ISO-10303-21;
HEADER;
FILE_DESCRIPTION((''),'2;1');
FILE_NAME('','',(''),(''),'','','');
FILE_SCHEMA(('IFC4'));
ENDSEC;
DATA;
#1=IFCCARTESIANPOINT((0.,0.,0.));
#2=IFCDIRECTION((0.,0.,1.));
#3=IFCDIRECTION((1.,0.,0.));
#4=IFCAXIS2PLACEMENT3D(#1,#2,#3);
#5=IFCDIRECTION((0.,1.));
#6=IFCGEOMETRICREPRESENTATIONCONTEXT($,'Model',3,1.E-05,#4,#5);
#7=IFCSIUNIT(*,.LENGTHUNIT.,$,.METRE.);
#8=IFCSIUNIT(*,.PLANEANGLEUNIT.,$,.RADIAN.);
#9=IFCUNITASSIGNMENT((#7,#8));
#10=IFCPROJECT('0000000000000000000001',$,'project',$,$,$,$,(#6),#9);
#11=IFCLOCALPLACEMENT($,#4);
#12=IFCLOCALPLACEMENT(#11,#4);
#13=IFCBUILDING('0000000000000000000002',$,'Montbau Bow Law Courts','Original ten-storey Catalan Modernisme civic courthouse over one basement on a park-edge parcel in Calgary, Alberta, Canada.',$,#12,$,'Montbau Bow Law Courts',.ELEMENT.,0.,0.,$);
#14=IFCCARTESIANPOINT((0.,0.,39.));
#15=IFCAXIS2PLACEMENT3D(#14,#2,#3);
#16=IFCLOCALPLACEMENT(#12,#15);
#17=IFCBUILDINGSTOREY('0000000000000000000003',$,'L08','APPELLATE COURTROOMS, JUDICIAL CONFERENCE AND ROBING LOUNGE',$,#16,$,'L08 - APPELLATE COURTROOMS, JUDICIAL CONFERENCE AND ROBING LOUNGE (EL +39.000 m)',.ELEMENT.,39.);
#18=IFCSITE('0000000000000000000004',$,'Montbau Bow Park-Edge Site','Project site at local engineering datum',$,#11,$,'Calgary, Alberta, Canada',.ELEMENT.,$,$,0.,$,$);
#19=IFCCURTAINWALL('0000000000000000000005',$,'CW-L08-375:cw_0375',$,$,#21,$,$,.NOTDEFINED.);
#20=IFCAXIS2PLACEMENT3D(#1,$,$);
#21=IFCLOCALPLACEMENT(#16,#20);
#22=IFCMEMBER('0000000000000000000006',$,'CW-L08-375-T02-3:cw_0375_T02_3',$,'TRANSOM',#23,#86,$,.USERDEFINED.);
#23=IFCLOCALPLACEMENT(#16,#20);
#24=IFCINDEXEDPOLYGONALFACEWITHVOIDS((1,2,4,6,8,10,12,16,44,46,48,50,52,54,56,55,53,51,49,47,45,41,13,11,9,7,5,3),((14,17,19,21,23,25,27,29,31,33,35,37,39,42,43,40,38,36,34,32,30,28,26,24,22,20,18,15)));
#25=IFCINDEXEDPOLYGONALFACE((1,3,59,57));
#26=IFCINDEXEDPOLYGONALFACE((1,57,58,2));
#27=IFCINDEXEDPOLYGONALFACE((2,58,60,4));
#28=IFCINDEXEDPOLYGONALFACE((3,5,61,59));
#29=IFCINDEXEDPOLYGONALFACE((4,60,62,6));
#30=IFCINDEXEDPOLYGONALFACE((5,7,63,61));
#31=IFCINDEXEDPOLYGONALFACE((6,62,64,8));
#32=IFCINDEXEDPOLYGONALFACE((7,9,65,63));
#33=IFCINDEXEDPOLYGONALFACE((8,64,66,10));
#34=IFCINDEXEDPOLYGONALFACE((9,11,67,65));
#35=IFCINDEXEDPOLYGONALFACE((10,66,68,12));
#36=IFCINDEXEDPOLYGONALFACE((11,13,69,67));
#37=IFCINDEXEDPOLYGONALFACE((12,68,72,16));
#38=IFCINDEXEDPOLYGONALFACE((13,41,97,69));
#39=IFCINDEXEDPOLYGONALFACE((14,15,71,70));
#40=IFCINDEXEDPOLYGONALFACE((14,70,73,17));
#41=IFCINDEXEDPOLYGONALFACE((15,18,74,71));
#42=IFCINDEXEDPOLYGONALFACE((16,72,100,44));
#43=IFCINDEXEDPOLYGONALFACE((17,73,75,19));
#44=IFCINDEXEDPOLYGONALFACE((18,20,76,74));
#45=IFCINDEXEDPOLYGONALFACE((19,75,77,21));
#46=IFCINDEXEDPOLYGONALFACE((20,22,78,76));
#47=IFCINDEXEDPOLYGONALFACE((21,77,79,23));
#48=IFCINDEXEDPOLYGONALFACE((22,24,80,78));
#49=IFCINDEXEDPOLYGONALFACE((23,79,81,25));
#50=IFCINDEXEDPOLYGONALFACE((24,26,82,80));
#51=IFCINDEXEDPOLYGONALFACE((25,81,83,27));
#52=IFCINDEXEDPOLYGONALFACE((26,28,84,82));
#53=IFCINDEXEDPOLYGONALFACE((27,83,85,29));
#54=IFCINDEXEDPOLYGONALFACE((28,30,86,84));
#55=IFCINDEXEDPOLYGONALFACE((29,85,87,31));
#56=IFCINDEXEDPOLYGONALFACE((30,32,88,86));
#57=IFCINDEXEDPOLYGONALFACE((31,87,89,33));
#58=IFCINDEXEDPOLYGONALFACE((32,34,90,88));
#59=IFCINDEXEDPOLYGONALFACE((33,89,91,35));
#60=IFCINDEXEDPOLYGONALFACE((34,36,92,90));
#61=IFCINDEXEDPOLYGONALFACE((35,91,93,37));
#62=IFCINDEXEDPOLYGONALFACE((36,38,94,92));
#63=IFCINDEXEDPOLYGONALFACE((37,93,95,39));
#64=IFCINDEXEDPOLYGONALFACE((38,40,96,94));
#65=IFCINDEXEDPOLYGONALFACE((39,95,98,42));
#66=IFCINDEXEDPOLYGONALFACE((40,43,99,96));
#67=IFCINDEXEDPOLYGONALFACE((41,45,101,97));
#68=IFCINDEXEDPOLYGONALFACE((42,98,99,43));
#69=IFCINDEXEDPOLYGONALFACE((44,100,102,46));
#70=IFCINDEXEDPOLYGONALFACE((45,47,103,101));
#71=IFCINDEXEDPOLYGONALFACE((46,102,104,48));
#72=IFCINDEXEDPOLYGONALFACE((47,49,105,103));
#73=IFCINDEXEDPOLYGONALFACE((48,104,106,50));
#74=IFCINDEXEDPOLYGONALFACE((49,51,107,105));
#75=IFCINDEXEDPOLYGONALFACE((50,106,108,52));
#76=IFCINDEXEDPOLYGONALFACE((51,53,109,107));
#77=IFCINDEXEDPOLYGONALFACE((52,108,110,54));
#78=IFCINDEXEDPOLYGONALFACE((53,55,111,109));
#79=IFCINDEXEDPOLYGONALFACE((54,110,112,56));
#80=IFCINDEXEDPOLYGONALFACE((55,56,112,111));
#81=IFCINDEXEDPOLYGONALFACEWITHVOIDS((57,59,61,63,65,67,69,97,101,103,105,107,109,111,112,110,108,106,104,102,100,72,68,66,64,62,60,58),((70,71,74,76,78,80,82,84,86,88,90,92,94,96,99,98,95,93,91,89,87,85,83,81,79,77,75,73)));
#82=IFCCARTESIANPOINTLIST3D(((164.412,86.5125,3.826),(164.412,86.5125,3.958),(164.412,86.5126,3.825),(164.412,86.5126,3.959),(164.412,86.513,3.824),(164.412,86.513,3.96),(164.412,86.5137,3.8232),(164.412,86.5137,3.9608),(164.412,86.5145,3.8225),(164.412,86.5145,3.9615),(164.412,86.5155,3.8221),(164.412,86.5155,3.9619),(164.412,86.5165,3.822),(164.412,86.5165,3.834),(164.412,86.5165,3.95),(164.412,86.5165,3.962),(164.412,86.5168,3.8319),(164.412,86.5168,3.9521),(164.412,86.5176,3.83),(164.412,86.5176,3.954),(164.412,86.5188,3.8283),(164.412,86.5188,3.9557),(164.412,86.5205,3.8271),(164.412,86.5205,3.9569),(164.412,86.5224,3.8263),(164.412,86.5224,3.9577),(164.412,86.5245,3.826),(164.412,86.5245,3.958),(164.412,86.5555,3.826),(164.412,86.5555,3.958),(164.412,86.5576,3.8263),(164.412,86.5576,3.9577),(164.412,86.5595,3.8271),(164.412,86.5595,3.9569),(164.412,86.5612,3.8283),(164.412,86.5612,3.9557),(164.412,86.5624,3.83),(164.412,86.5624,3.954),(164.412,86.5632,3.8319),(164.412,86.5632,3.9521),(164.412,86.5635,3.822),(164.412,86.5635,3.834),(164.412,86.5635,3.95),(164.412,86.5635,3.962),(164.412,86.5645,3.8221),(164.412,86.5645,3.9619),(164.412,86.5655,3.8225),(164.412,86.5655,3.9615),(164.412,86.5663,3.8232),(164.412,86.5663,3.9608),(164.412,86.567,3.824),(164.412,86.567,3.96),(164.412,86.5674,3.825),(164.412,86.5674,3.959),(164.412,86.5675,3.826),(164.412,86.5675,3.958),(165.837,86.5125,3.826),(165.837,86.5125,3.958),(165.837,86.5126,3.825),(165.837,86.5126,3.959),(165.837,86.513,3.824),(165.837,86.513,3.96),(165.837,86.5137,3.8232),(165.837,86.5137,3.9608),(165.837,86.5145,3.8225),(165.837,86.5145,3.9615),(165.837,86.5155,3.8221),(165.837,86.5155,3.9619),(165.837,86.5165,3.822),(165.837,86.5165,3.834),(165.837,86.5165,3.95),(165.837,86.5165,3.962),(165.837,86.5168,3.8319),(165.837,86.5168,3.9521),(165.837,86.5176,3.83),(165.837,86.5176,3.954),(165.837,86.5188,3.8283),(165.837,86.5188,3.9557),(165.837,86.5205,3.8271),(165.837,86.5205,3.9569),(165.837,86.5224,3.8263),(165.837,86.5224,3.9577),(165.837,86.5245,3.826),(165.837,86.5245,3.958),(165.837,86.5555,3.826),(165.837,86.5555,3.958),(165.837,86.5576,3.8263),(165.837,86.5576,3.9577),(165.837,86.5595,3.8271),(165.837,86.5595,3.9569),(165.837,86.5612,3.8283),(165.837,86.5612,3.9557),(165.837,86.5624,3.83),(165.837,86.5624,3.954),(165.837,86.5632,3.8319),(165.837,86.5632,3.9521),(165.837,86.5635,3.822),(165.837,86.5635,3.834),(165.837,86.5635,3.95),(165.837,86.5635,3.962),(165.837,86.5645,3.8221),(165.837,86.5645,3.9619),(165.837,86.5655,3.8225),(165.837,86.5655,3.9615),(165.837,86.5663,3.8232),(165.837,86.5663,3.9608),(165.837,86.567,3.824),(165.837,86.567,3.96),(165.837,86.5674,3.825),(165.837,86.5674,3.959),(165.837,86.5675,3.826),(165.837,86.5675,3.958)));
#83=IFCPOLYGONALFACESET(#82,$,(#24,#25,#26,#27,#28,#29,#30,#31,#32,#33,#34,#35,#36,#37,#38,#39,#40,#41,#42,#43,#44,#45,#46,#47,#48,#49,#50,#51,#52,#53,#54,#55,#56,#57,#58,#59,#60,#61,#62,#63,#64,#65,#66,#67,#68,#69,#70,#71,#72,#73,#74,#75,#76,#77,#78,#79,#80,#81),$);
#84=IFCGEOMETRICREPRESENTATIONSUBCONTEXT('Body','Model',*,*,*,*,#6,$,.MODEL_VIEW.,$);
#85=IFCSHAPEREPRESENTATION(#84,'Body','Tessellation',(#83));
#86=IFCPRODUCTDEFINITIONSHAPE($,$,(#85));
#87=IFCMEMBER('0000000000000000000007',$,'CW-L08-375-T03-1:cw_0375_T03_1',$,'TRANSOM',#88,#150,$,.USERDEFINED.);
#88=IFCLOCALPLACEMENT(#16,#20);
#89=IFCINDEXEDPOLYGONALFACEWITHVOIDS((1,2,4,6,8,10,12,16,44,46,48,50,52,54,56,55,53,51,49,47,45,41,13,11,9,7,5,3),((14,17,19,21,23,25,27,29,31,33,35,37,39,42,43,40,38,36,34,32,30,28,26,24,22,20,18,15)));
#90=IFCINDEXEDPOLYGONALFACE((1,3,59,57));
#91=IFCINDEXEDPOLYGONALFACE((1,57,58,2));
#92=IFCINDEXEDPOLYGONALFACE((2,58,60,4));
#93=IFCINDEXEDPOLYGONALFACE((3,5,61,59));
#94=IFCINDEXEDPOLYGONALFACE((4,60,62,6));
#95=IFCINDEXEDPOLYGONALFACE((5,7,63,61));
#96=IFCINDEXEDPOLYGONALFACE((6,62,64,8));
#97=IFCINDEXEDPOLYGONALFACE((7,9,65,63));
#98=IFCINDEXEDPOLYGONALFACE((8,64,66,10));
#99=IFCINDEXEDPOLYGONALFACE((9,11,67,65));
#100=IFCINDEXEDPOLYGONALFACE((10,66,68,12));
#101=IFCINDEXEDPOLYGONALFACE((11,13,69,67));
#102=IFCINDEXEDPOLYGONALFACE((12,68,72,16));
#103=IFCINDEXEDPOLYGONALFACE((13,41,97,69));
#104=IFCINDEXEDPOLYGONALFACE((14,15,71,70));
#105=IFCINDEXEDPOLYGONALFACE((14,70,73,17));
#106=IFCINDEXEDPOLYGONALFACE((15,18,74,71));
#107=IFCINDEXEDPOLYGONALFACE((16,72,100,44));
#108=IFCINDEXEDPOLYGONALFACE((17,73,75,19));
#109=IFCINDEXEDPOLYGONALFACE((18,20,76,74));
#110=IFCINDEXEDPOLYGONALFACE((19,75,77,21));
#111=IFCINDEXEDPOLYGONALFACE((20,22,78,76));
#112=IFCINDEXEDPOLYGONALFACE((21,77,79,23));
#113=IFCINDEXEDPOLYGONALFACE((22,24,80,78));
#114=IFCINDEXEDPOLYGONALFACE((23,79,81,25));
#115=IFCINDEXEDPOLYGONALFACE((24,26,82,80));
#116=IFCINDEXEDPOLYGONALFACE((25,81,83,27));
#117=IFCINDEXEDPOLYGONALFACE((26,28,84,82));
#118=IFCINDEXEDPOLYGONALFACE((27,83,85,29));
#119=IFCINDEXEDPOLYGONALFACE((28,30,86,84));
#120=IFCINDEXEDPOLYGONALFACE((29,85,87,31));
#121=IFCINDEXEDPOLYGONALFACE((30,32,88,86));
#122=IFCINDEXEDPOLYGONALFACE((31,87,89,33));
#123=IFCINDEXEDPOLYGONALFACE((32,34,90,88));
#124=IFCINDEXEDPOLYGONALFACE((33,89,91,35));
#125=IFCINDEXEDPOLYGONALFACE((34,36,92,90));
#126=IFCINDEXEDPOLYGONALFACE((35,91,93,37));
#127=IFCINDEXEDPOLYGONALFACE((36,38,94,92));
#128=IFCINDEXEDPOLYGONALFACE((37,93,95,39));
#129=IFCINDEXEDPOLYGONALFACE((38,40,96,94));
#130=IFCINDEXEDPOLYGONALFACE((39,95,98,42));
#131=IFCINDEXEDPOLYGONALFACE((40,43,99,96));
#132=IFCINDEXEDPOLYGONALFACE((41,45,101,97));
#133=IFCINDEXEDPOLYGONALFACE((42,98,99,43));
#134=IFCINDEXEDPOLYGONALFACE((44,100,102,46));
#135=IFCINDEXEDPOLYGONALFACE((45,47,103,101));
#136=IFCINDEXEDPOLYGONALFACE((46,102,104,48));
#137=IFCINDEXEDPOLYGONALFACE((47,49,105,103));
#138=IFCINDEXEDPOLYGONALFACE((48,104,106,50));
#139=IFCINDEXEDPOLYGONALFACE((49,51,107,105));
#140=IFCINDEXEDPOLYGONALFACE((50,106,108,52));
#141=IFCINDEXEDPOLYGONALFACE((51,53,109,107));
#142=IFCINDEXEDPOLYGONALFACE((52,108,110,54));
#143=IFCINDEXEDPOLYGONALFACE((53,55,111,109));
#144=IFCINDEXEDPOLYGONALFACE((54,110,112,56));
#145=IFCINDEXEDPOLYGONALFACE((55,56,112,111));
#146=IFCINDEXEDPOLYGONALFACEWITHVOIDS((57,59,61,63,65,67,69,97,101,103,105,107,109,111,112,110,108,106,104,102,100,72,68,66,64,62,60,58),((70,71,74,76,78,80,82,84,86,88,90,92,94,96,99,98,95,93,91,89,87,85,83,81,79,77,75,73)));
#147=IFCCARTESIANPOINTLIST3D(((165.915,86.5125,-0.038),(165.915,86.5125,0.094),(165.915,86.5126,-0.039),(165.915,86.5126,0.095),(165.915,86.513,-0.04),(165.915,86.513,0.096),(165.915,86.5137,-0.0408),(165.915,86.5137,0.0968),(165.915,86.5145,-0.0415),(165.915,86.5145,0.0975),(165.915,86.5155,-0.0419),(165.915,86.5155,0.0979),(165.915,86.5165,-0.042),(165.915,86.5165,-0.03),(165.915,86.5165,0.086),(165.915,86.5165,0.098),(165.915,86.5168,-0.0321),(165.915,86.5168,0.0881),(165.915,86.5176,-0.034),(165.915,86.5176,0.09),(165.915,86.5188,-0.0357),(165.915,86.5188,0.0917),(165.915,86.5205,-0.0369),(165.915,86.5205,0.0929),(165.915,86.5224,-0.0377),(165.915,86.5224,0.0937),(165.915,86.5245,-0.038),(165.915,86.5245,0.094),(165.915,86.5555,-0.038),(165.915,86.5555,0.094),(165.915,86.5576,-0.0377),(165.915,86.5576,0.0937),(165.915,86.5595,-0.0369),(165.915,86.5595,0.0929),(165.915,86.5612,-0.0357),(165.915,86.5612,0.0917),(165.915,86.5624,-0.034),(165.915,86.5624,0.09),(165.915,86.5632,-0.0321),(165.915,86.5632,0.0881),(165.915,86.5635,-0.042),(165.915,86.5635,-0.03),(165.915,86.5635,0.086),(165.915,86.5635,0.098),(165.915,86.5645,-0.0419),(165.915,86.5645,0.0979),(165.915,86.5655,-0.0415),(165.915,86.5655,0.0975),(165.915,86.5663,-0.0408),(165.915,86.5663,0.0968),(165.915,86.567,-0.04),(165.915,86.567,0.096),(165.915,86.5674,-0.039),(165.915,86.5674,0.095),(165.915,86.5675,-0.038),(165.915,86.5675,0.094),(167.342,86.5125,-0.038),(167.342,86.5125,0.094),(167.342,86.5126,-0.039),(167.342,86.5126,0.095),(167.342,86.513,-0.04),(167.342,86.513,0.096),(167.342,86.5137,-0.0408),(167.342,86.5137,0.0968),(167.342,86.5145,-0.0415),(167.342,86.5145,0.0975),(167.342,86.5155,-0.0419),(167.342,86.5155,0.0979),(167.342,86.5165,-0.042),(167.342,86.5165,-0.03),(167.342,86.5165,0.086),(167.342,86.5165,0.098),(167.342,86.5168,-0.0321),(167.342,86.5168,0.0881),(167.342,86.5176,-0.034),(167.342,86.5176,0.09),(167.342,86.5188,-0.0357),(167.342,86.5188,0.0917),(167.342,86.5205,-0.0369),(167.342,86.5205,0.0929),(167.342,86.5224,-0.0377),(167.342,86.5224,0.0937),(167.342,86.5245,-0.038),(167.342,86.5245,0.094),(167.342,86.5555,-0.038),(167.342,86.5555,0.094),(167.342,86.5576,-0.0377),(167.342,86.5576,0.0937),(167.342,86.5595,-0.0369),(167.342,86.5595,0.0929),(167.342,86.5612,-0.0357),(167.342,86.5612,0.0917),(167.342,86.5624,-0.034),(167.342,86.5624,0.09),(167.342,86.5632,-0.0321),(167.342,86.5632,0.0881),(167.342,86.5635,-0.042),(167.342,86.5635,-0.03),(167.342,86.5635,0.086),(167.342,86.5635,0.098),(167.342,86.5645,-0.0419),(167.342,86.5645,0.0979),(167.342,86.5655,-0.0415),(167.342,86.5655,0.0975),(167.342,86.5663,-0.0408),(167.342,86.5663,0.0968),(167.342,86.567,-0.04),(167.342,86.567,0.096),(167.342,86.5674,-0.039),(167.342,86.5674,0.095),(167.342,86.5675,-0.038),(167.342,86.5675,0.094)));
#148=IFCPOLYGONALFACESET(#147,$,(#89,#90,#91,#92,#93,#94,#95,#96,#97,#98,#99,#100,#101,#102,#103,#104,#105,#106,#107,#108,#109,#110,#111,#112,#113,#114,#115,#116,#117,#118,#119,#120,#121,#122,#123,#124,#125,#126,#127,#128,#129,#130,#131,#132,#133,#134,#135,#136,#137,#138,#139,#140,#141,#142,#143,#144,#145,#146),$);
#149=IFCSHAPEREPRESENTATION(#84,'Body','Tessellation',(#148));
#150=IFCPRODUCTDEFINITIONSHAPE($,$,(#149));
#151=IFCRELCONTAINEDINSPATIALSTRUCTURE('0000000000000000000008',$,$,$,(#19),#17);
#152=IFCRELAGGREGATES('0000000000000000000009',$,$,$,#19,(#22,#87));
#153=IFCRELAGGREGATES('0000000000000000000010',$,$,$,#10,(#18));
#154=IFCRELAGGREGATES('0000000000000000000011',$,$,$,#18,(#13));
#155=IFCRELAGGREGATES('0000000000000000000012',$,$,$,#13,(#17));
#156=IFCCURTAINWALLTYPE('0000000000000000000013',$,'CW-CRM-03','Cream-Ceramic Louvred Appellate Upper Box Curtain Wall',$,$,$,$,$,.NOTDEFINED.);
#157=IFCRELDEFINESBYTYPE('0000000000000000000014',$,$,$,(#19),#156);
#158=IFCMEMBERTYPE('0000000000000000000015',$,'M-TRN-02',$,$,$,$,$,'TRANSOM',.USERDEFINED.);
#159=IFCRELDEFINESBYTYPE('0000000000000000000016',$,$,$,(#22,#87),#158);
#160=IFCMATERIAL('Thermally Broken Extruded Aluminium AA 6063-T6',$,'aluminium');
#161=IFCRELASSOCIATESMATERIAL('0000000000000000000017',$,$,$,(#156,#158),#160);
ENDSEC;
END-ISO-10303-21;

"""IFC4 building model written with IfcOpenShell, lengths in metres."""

from ifc_helpers import new_model, si_unit, direction, frame, origin_with_axes, origin_2d_with_axis, place, context, subcontext, project, spatial, hollow_rectangle, extrude, material, material_profile, profile_set, type_object, element, aggregate, save


model = new_model("IFC4")

# Units and contexts
model_context = context("Model", 3, precision=1e-05, world=origin_with_axes(), true_north=direction((0.0, 1.0)))
body_context = subcontext(model_context, "Body", "Model", "MODEL_VIEW")
ifc_project = project(units=[si_unit("LENGTHUNIT", "METRE"), si_unit("PLANEANGLEUNIT", "RADIAN")], contexts=[model_context])

# Site, building, storey
site_placement = place(None, origin_with_axes())
site = spatial("IfcSite", under=ifc_project, at=site_placement, Name="Montbau Bow Park-Edge Site", Description="Project site at local engineering datum", LongName="Calgary, Alberta, Canada", CompositionType="ELEMENT", RefElevation=0.0)
building_placement = place(site_placement, origin_with_axes())
building = spatial("IfcBuilding", under=site, at=building_placement, Name="Montbau Bow Law Courts", Description="Original ten-storey Catalan Modernisme civic courthouse over one basement on a park-edge parcel in Calgary, Alberta, Canada.", LongName="Montbau Bow Law Courts", CompositionType="ELEMENT", ElevationOfRefHeight=0.0, ElevationOfTerrain=0.0)
storey_placement = place(building_placement, frame((0.0, 0.0, 39.0), z_axis=(0.0, 0.0, 1.0), x_axis=(1.0, 0.0, 0.0)))
storey = spatial("IfcBuildingStorey", under=building, at=storey_placement, Name="L08", Description="APPELLATE COURTROOMS, JUDICIAL CONFERENCE AND ROBING LOUNGE", LongName="L08 - APPELLATE COURTROOMS, JUDICIAL CONFERENCE AND ROBING LOUNGE (EL +39.000 m)", CompositionType="ELEMENT", Elevation=39.0)

# Curtain wall
ifc_material_1 = material(Name="Thermally Broken Extruded Aluminium AA 6063-T6", Category="aluminium")
curtain_wall_type = type_object("IfcCurtainWallType", Name="CW-CRM-03", Description="Cream-Ceramic Louvred Appellate Upper Box Curtain Wall", PredefinedType="NOTDEFINED", material=ifc_material_1)
curtain_wall_1_placement = place(None, frame((162.868, 86.54, 39.0), z_axis=(0.0, 0.0, 1.0), x_axis=(1.0, 0.0, 0.0)))
curtain_wall_1 = element("IfcCurtainWall", 1, at=curtain_wall_1_placement, inside=storey, type_object=curtain_wall_type, Name="CW-L08-375:cw_0375", PredefinedType="NOTDEFINED")

# Members
ifc_material_profile_1 = material_profile(ifc_material_1, hollow_rectangle(XDim=0.055, YDim=0.14, WallThickness=0.004, InnerFilletRadius=0.008, OuterFilletRadius=0.004, at=origin_2d_with_axis()), Name="CWT-140X55", Category="Main", Priority=0)
ifc_profile_set_1 = profile_set([ifc_material_profile_1], Name="Thermally Broken Extruded Aluminium AA 6063-T6")
member_type_1 = type_object("IfcMemberType", Name="M-TRN-02", ElementType="TRANSOM", PredefinedType="USERDEFINED", material=ifc_profile_set_1)
member_1_placement = place(None, frame((164.412, 86.54, 42.892), z_axis=(1.0, 0.0, 0.0), x_axis=(0.0, 1.0, 0.0)))
member_1 = element("IfcMember", 2, at=member_1_placement, type_object=member_type_1, Name="CW-L08-375-T02-3:cw_0375_T02_3", ObjectType="TRANSOM", PredefinedType="USERDEFINED", context=body_context, shape_type="SweptSolid", body=[
    extrude(hollow_rectangle(XDim=0.055, YDim=0.14, WallThickness=0.004, InnerFilletRadius=0.008, OuterFilletRadius=0.004, at=origin_2d_with_axis()), origin_with_axes(), (0.0, 0.0, 1.0), 1.425),
])
member_2_placement = place(None, frame((165.915, 86.54, 39.028), z_axis=(1.0, 0.0, 0.0), x_axis=(0.0, 1.0, 0.0)))
member_2 = element("IfcMember", 3, at=member_2_placement, type_object=member_type_1, Name="CW-L08-375-T03-1:cw_0375_T03_1", ObjectType="TRANSOM", PredefinedType="USERDEFINED", context=body_context, shape_type="SweptSolid", body=[
    extrude(hollow_rectangle(XDim=0.055, YDim=0.14, WallThickness=0.004, InnerFilletRadius=0.008, OuterFilletRadius=0.004, at=origin_2d_with_axis()), origin_with_axes(), (0.0, 0.0, 1.0), 1.427),
])

aggregate(curtain_wall_1, [member_1, member_2])

save(model, "model.ifc")
